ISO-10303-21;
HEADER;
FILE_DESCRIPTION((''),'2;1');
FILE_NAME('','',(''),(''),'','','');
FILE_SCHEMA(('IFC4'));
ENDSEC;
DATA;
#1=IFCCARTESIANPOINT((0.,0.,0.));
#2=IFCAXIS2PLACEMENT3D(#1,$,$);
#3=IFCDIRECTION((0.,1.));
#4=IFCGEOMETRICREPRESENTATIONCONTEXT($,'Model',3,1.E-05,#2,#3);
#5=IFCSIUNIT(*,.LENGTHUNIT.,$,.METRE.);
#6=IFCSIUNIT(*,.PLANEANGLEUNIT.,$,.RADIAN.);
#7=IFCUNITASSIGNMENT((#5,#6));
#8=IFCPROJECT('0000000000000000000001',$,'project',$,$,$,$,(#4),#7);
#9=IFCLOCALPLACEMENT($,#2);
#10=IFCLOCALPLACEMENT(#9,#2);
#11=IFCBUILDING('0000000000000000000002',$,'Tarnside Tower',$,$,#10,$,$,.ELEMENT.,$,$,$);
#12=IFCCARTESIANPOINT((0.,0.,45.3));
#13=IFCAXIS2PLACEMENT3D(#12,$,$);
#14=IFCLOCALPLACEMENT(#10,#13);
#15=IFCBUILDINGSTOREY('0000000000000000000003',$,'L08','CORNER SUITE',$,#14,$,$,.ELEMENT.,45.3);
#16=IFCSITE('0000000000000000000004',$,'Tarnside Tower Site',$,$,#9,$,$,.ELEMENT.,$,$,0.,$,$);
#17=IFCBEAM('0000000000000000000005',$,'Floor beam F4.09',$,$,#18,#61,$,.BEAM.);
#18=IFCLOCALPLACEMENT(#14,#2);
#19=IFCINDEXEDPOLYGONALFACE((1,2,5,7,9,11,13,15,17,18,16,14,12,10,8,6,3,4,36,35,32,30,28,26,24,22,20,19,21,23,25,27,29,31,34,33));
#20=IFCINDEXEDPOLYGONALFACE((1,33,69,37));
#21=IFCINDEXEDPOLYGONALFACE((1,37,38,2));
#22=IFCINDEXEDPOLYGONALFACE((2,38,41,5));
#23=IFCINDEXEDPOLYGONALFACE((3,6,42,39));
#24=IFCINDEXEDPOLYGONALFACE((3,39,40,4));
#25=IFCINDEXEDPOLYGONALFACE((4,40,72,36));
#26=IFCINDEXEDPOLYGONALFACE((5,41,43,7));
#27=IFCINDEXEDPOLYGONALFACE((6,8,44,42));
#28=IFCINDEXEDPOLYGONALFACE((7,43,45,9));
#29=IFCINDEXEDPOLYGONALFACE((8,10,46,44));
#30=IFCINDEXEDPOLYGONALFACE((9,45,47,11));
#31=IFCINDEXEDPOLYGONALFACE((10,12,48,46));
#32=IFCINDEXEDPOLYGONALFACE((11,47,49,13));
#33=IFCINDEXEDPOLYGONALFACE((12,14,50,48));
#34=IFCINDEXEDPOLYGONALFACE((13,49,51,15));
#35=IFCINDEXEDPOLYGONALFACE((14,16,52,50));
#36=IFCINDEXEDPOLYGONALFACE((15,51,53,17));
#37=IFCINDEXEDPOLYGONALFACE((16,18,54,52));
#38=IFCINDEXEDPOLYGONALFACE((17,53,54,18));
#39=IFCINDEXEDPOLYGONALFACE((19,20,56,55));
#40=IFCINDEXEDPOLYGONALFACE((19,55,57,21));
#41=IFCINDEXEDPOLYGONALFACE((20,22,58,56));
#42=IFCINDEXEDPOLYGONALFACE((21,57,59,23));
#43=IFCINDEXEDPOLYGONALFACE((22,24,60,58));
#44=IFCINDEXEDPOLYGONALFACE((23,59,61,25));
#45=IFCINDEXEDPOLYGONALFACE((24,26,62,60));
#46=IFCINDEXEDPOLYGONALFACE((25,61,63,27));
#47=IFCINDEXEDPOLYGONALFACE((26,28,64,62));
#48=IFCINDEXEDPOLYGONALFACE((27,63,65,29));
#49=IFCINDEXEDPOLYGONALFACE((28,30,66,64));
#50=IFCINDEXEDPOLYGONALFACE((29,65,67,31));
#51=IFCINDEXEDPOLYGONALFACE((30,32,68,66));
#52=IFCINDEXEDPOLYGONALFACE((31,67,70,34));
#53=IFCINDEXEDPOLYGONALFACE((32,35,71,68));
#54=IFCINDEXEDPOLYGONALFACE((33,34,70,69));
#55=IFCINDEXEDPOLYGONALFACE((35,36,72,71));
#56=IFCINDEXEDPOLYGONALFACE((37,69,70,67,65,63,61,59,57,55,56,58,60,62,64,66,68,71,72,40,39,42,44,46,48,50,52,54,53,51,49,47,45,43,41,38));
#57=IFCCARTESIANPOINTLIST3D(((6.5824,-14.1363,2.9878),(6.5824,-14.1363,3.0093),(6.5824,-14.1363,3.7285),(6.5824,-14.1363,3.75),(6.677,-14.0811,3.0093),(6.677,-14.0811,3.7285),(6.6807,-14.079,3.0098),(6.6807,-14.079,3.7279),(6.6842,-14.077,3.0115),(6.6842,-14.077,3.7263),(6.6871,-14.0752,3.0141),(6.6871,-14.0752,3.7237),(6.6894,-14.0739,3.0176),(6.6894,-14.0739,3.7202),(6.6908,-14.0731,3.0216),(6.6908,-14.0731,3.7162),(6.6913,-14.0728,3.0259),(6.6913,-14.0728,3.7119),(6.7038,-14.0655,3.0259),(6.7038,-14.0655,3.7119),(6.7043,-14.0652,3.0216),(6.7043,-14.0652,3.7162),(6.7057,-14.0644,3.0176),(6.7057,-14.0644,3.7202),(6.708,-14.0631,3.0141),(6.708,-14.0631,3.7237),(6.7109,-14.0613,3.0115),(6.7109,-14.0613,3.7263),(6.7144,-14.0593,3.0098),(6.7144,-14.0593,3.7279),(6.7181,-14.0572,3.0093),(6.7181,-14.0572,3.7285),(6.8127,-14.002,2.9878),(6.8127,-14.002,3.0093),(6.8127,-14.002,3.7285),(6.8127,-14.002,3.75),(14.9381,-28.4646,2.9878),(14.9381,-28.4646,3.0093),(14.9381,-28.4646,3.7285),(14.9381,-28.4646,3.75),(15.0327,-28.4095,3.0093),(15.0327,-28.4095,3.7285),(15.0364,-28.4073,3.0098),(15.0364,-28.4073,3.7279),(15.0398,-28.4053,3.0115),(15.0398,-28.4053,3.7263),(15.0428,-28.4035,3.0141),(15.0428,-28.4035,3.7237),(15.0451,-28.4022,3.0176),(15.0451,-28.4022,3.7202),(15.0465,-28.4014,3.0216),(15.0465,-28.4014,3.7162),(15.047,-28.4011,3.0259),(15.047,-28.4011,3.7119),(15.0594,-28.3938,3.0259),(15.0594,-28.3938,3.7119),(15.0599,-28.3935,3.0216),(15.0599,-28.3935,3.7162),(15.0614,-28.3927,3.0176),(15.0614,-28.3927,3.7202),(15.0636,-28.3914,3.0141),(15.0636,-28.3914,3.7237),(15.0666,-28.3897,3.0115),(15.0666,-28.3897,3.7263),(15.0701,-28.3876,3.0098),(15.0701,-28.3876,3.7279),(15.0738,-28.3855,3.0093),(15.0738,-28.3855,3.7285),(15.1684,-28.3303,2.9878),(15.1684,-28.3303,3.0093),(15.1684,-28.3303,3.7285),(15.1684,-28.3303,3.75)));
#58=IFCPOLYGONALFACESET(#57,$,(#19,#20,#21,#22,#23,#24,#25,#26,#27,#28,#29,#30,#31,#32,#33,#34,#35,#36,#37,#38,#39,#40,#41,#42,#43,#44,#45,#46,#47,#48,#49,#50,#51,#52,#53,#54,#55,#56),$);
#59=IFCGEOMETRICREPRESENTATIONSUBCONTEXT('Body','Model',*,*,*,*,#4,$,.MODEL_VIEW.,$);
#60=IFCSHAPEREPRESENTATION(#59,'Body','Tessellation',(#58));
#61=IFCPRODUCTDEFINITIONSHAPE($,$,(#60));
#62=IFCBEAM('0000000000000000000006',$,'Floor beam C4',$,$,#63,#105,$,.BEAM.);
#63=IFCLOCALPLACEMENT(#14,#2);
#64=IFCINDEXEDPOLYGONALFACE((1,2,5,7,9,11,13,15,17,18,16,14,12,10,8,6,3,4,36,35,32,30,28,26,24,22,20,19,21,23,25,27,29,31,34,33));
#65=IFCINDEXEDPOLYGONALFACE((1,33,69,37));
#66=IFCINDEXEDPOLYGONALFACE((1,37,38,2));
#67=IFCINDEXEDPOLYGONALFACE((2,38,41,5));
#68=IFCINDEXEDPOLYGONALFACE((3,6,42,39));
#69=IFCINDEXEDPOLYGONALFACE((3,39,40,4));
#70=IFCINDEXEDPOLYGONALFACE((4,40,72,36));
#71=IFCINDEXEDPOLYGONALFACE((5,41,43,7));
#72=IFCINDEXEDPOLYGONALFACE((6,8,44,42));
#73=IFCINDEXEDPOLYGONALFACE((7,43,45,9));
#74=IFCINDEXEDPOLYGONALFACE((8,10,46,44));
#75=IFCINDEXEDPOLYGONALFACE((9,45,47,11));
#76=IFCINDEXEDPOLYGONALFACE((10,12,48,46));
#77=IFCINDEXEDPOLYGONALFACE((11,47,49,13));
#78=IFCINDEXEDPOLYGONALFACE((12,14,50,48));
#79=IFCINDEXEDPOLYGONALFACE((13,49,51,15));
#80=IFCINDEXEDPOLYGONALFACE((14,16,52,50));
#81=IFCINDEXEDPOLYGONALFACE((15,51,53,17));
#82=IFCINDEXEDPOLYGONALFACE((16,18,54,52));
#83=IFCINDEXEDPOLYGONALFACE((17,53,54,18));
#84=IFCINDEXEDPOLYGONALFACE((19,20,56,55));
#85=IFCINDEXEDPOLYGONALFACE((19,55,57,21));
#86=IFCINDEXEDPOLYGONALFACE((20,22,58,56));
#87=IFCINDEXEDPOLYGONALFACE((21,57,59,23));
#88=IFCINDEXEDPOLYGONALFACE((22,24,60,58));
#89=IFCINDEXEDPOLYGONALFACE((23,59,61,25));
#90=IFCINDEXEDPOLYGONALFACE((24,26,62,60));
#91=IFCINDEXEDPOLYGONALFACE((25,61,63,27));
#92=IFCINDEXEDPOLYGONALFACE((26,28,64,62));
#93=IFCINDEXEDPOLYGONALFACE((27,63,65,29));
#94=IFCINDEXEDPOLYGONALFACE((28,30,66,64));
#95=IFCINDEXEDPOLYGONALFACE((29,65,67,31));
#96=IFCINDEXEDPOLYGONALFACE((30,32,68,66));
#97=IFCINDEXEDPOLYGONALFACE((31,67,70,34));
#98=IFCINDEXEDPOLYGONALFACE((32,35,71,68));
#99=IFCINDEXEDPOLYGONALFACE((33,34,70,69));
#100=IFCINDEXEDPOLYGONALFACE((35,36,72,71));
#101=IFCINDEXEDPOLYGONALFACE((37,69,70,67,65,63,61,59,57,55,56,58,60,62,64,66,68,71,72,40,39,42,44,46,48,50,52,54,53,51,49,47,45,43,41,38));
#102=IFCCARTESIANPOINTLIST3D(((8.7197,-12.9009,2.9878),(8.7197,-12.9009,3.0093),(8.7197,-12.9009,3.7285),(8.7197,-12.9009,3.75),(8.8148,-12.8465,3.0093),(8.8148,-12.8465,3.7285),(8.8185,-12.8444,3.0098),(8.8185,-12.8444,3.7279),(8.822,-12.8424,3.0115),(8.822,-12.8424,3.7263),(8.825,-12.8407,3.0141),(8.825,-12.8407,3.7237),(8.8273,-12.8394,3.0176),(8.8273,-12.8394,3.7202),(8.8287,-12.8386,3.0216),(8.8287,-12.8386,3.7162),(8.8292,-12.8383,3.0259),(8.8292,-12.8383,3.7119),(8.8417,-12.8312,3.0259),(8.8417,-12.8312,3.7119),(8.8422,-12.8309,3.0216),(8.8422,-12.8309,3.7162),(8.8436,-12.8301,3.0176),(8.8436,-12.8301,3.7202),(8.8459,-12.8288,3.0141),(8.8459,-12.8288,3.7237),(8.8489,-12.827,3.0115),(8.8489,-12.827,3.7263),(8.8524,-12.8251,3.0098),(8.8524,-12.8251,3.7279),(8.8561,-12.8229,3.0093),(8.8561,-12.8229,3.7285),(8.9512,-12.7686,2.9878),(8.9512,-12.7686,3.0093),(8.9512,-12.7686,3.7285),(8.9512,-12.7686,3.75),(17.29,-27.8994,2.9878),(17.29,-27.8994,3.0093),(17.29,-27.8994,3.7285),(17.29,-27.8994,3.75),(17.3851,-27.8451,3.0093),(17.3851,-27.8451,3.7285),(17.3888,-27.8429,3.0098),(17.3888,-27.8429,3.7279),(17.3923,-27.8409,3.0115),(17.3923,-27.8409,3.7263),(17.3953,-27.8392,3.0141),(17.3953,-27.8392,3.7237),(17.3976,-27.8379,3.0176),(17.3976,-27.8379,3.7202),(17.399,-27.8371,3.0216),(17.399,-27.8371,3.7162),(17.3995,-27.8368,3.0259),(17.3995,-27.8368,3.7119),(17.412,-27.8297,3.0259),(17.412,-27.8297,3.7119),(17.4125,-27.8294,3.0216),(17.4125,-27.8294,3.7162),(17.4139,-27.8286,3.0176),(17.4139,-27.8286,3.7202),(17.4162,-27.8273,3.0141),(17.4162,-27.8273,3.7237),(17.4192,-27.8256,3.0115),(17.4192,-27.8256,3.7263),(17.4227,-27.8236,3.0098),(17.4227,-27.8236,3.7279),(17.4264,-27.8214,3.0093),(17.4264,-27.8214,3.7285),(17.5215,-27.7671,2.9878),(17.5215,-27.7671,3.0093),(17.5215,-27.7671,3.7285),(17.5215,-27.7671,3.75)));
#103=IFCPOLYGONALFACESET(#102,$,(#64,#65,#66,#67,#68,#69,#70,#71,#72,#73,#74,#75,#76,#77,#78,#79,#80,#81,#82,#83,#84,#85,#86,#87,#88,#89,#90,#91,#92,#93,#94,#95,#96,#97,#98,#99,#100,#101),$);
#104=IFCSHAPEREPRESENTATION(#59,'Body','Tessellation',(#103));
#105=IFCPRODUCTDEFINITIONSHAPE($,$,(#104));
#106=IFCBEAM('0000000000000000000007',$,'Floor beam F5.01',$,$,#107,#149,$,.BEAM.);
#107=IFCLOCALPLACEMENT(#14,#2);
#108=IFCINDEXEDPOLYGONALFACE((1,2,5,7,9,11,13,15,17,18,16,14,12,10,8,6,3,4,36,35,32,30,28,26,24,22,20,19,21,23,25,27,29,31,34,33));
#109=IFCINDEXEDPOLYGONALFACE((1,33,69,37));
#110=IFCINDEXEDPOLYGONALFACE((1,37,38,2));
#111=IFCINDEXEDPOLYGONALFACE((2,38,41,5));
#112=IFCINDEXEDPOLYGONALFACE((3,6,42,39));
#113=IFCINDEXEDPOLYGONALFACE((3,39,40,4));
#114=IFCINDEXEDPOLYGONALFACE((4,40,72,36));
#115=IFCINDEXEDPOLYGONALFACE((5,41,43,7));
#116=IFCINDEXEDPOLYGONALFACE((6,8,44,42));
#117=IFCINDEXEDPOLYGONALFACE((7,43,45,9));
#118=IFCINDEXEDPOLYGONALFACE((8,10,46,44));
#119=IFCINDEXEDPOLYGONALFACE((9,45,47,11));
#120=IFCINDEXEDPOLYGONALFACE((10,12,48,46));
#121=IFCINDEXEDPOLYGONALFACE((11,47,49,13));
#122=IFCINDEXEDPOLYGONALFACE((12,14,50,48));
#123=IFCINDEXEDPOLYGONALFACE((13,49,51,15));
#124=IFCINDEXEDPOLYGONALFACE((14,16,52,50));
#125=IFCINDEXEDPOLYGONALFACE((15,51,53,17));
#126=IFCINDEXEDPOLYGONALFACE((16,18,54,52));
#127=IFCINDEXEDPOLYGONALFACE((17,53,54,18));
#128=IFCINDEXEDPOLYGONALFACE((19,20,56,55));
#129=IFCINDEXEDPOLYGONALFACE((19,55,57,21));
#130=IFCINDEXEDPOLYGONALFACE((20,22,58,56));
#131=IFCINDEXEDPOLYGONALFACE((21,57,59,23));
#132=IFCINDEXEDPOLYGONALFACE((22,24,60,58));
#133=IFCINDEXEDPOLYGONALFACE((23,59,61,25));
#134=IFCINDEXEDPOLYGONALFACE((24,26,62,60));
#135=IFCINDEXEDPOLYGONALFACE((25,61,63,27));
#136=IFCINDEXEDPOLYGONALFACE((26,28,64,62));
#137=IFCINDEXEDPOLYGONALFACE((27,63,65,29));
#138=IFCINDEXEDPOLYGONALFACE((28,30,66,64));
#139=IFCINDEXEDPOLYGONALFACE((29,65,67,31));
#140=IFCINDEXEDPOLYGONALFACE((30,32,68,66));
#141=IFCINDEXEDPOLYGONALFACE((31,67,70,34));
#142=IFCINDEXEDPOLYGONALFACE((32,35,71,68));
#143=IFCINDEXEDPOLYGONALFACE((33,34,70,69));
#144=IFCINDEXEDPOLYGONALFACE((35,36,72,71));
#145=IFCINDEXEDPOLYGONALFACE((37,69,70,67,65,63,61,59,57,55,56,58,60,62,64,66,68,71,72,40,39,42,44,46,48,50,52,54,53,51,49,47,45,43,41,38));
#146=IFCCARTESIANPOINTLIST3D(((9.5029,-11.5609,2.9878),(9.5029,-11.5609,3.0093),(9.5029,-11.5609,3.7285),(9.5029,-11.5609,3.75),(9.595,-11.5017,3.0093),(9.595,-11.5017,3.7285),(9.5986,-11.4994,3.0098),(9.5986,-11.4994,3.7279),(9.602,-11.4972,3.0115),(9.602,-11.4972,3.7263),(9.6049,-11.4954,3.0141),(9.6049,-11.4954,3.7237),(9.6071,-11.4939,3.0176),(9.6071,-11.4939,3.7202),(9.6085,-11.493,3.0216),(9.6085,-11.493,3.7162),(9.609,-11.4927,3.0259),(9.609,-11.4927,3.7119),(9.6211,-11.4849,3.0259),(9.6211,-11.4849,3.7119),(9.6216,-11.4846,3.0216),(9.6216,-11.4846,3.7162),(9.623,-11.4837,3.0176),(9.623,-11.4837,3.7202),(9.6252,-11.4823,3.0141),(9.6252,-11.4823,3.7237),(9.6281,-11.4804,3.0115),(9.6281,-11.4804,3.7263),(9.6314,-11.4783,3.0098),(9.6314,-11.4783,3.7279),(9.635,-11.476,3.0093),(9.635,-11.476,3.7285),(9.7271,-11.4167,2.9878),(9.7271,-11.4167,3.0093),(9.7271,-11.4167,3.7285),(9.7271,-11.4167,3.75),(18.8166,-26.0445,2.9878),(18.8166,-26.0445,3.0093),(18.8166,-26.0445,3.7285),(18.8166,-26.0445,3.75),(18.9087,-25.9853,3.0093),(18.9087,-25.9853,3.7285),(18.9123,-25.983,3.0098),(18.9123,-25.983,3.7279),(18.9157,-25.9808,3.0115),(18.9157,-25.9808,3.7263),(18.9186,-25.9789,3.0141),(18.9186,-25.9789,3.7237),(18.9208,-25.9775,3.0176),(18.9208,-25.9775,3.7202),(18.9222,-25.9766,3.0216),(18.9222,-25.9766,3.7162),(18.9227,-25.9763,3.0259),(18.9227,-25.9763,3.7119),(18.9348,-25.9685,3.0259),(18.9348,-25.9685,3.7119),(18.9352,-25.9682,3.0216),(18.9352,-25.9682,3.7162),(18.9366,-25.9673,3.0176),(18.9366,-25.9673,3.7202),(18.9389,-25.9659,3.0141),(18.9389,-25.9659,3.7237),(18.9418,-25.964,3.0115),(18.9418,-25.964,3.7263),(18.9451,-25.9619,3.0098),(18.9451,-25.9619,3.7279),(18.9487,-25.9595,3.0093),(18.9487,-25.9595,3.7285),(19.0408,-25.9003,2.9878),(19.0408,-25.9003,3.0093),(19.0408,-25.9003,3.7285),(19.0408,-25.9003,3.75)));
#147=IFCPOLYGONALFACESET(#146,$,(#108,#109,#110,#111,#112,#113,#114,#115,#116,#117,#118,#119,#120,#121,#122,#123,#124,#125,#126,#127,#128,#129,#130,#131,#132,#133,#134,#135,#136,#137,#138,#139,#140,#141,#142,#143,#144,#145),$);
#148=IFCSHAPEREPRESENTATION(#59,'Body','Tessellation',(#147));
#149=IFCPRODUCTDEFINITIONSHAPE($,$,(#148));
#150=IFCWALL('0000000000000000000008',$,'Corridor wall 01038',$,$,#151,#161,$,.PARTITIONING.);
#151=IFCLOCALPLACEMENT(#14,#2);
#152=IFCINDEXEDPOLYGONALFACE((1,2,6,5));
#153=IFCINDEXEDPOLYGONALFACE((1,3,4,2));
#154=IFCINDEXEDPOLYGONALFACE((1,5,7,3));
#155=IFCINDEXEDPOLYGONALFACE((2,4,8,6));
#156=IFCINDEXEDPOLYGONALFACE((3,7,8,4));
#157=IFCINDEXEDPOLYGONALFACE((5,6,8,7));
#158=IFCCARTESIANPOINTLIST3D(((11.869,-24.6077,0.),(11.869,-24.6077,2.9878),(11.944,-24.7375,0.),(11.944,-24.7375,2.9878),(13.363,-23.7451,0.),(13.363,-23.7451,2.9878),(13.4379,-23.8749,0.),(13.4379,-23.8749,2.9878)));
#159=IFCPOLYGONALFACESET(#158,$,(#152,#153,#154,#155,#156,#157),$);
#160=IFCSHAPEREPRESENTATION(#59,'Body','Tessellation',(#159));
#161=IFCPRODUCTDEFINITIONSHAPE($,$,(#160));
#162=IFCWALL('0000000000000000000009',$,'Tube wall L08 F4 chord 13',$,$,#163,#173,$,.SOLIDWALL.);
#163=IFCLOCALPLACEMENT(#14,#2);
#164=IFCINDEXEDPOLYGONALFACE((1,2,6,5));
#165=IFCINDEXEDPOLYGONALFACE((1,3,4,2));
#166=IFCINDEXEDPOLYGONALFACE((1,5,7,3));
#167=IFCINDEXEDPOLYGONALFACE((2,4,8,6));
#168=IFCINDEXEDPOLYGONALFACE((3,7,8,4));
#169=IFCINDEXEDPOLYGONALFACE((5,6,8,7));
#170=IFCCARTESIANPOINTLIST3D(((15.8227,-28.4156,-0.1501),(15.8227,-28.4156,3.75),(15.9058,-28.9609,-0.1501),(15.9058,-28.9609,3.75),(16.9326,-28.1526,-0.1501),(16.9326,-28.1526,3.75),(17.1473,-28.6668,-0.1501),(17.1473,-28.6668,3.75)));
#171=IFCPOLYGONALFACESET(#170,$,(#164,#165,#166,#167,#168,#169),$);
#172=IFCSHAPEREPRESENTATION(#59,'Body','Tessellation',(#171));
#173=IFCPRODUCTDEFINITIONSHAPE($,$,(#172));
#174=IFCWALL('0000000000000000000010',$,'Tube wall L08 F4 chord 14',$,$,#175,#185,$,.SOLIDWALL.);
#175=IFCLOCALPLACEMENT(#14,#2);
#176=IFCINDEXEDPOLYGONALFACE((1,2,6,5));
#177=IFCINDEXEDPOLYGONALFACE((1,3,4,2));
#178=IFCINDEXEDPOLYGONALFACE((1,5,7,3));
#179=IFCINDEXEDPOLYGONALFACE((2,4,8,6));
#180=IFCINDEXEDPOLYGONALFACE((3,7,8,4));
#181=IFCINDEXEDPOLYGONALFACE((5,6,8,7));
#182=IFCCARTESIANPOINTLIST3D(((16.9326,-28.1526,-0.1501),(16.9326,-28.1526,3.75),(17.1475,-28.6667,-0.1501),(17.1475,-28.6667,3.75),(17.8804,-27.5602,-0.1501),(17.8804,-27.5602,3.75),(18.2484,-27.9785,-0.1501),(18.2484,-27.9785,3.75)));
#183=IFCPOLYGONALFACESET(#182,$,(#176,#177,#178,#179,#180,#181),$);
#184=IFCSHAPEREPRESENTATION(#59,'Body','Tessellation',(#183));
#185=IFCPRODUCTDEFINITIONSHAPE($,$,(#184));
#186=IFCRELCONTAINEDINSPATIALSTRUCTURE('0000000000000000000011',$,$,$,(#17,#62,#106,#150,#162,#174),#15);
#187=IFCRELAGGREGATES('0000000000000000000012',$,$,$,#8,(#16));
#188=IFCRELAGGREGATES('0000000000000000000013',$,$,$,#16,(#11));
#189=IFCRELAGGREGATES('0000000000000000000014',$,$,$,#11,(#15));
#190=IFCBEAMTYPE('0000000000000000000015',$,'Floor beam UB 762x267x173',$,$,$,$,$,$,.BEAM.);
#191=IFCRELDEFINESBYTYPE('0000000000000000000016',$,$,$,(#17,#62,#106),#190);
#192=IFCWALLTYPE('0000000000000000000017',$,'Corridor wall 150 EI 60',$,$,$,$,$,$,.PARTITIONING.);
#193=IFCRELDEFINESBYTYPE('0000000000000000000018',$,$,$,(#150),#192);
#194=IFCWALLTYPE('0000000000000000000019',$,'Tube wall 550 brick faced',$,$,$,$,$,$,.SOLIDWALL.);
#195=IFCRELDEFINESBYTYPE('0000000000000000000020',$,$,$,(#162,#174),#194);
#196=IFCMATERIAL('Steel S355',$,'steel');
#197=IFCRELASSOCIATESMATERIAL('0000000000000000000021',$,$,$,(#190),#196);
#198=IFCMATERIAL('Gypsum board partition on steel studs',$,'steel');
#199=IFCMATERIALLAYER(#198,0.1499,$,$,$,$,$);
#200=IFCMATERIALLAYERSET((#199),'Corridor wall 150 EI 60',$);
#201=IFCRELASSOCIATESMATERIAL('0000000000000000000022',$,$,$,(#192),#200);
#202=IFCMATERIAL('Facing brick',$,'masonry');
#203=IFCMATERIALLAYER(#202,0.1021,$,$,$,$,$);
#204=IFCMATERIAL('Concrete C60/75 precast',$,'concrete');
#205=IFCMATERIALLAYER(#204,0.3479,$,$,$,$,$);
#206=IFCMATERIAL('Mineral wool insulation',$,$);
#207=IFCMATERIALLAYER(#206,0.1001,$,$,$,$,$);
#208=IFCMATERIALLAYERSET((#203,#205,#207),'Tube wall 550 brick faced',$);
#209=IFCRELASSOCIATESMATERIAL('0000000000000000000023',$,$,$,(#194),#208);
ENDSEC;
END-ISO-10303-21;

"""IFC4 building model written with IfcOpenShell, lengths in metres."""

from ifc_helpers import new_model, si_unit, direction, frame, frame_2d, origin, origin_2d, place, context, subcontext, project, spatial, polyline, rectangle, i_section, outline, extrude, material, layer, layer_set, material_profile, profile_set, type_object, element, save


model = new_model("IFC4")

# Units and contexts
model_context = context("Model", 3, precision=1e-05, world=origin(), true_north=direction((0.0, 1.0)))
body_context = subcontext(model_context, "Body", "Model", "MODEL_VIEW")
ifc_project = project(units=[si_unit("LENGTHUNIT", "METRE"), si_unit("PLANEANGLEUNIT", "RADIAN")], contexts=[model_context])

# Site, building, storey
site_placement = place(None, origin())
site = spatial("IfcSite", under=ifc_project, at=site_placement, Name="Tarnside Tower Site", CompositionType="ELEMENT", RefElevation=0.0)
building_placement = place(site_placement, origin())
building = spatial("IfcBuilding", under=site, at=building_placement, Name="Tarnside Tower", CompositionType="ELEMENT")
storey_placement = place(building_placement, frame((0.0, 0.0, 45.3)))
storey = spatial("IfcBuildingStorey", under=building, at=storey_placement, Name="L08", Description="CORNER SUITE", CompositionType="ELEMENT", Elevation=45.3)

# Beams
ifc_material_1 = material(Name="Steel S355", Category="steel")
ifc_material_profile = material_profile(ifc_material_1, i_section(OverallWidth=0.2666, OverallDepth=0.7622, WebThickness=0.0144, FlangeThickness=0.0215, FilletRadius=0.0166, at=origin_2d()), Name="UB 762x267x173")
ifc_profile_set = profile_set([ifc_material_profile], Name="Steel S355")
beam_type = type_object("IfcBeamType", Name="Floor beam UB 762x267x173", PredefinedType="BEAM", material=ifc_profile_set)
beam_1_placement = place(storey_placement, frame((15.0532, -28.3975, 3.3689), z_axis=(-0.503758, 0.863845, 0.0), x_axis=(-0.863845, -0.503758, 0.0)))
element("IfcBeam", 1, at=beam_1_placement, inside=storey, type_object=beam_type, Name="Floor beam F4.09", PredefinedType="BEAM", context=body_context, shape_type="SweptSolid", body=[
    extrude(i_section(OverallWidth=0.2666, OverallDepth=0.7622, WebThickness=0.0144, FlangeThickness=0.0215, FilletRadius=0.0166, at=origin_2d()), origin(), (0.0, 0.0, 1.0), 16.5867),
])
beam_2_placement = place(storey_placement, frame((17.4058, -27.8333, 3.3689), z_axis=(-0.496127, 0.86825, 0.0), x_axis=(-0.86825, -0.496127, 0.0)))
element("IfcBeam", 2, at=beam_2_placement, inside=storey, type_object=beam_type, Name="Floor beam C4", PredefinedType="BEAM", context=body_context, shape_type="SweptSolid", body=[
    extrude(i_section(OverallWidth=0.2666, OverallDepth=0.7622, WebThickness=0.0144, FlangeThickness=0.0215, FilletRadius=0.0166, at=origin_2d()), origin(), (0.0, 0.0, 1.0), 17.2744),
])
beam_3_placement = place(storey_placement, frame((18.9287, -25.9724, 3.3689), z_axis=(-0.540873, 0.841104, 0.0), x_axis=(-0.841104, -0.540873, 0.0)))
element("IfcBeam", 3, at=beam_3_placement, inside=storey, type_object=beam_type, Name="Floor beam F5.01", PredefinedType="BEAM", context=body_context, shape_type="SweptSolid", body=[
    extrude(i_section(OverallWidth=0.2666, OverallDepth=0.7622, WebThickness=0.0144, FlangeThickness=0.0215, FilletRadius=0.0166, at=origin_2d()), origin(), (0.0, 0.0, 1.0), 17.2197),
])

# Walls
ifc_material_2 = material(Name="Gypsum board partition on steel studs", Category="steel")
ifc_layer_1 = layer(ifc_material_2, 0.1499)
ifc_layer_set_1 = layer_set([ifc_layer_1], Name="Corridor wall 150 EI 60")
wall_type_1 = type_object("IfcWallType", Name="Corridor wall 150 EI 60", PredefinedType="PARTITIONING", material=ifc_layer_set_1)
wall_1_placement = place(storey_placement, frame((11.9065, -24.6726, 0.0), z_axis=(0.0, 0.0, 1.0), x_axis=(0.866014, 0.500021, 0.0)))
element("IfcWall", 4, at=wall_1_placement, inside=storey, type_object=wall_type_1, Name="Corridor wall 01038", PredefinedType="PARTITIONING", context=body_context, shape_type="SweptSolid", body=[
    extrude(rectangle(XDim=1.7251, YDim=0.1499, at=frame_2d((0.8625, 0.0))), origin(), (0.0, 0.0, 1.0), 2.9878),
])
ifc_material_3 = material(Name="Facing brick", Category="masonry")
ifc_layer_2 = layer(ifc_material_3, 0.1021)
ifc_material_4 = material(Name="Concrete C60/75 precast", Category="concrete")
ifc_layer_3 = layer(ifc_material_4, 0.3479)
ifc_material_5 = material(Name="Mineral wool insulation")
ifc_layer_4 = layer(ifc_material_5, 0.1001)
ifc_layer_set_2 = layer_set([ifc_layer_2, ifc_layer_3, ifc_layer_4], Name="Tube wall 550 brick faced")
wall_type_2 = type_object("IfcWallType", Name="Tube wall 550 brick faced", PredefinedType="SOLIDWALL", material=ifc_layer_set_2)
wall_2_placement = place(storey_placement, frame((15.8643, -28.6882, -0.1501), z_axis=(0.0, 0.0, 1.0), x_axis=(0.973064, 0.230537, 0.0)))
element("IfcWall", 5, at=wall_2_placement, inside=storey, type_object=wall_type_2, Name="Tube wall L08 F4 chord 13", PredefinedType="SOLIDWALL", context=body_context, shape_type="SweptSolid", body=[
    extrude(outline(polyline([(-0.0225, -0.2749), (1.2534, -0.2749), (1.1631, 0.2749), (0.0225, 0.2749), (-0.0225, -0.2749)])), origin(), (0.0, 0.0, 1.0), 3.9001),
])
wall_3_placement = place(storey_placement, frame((17.04, -28.4097, -0.1501), z_axis=(0.0, 0.0, 1.0), x_axis=(0.847953, 0.530072, 0.0)))
element("IfcWall", 6, at=wall_3_placement, inside=storey, type_object=wall_type_2, Name="Tube wall L08 F4 chord 14", PredefinedType="SOLIDWALL", context=body_context, shape_type="SweptSolid", body=[
    extrude(outline(polyline([(-0.0452, -0.2749), (1.2532, -0.2749), (1.1628, 0.2749), (0.0452, 0.2749), (-0.0452, -0.2749)])), origin(), (0.0, 0.0, 1.0), 3.9001),
])

save(model, "model.ifc")
